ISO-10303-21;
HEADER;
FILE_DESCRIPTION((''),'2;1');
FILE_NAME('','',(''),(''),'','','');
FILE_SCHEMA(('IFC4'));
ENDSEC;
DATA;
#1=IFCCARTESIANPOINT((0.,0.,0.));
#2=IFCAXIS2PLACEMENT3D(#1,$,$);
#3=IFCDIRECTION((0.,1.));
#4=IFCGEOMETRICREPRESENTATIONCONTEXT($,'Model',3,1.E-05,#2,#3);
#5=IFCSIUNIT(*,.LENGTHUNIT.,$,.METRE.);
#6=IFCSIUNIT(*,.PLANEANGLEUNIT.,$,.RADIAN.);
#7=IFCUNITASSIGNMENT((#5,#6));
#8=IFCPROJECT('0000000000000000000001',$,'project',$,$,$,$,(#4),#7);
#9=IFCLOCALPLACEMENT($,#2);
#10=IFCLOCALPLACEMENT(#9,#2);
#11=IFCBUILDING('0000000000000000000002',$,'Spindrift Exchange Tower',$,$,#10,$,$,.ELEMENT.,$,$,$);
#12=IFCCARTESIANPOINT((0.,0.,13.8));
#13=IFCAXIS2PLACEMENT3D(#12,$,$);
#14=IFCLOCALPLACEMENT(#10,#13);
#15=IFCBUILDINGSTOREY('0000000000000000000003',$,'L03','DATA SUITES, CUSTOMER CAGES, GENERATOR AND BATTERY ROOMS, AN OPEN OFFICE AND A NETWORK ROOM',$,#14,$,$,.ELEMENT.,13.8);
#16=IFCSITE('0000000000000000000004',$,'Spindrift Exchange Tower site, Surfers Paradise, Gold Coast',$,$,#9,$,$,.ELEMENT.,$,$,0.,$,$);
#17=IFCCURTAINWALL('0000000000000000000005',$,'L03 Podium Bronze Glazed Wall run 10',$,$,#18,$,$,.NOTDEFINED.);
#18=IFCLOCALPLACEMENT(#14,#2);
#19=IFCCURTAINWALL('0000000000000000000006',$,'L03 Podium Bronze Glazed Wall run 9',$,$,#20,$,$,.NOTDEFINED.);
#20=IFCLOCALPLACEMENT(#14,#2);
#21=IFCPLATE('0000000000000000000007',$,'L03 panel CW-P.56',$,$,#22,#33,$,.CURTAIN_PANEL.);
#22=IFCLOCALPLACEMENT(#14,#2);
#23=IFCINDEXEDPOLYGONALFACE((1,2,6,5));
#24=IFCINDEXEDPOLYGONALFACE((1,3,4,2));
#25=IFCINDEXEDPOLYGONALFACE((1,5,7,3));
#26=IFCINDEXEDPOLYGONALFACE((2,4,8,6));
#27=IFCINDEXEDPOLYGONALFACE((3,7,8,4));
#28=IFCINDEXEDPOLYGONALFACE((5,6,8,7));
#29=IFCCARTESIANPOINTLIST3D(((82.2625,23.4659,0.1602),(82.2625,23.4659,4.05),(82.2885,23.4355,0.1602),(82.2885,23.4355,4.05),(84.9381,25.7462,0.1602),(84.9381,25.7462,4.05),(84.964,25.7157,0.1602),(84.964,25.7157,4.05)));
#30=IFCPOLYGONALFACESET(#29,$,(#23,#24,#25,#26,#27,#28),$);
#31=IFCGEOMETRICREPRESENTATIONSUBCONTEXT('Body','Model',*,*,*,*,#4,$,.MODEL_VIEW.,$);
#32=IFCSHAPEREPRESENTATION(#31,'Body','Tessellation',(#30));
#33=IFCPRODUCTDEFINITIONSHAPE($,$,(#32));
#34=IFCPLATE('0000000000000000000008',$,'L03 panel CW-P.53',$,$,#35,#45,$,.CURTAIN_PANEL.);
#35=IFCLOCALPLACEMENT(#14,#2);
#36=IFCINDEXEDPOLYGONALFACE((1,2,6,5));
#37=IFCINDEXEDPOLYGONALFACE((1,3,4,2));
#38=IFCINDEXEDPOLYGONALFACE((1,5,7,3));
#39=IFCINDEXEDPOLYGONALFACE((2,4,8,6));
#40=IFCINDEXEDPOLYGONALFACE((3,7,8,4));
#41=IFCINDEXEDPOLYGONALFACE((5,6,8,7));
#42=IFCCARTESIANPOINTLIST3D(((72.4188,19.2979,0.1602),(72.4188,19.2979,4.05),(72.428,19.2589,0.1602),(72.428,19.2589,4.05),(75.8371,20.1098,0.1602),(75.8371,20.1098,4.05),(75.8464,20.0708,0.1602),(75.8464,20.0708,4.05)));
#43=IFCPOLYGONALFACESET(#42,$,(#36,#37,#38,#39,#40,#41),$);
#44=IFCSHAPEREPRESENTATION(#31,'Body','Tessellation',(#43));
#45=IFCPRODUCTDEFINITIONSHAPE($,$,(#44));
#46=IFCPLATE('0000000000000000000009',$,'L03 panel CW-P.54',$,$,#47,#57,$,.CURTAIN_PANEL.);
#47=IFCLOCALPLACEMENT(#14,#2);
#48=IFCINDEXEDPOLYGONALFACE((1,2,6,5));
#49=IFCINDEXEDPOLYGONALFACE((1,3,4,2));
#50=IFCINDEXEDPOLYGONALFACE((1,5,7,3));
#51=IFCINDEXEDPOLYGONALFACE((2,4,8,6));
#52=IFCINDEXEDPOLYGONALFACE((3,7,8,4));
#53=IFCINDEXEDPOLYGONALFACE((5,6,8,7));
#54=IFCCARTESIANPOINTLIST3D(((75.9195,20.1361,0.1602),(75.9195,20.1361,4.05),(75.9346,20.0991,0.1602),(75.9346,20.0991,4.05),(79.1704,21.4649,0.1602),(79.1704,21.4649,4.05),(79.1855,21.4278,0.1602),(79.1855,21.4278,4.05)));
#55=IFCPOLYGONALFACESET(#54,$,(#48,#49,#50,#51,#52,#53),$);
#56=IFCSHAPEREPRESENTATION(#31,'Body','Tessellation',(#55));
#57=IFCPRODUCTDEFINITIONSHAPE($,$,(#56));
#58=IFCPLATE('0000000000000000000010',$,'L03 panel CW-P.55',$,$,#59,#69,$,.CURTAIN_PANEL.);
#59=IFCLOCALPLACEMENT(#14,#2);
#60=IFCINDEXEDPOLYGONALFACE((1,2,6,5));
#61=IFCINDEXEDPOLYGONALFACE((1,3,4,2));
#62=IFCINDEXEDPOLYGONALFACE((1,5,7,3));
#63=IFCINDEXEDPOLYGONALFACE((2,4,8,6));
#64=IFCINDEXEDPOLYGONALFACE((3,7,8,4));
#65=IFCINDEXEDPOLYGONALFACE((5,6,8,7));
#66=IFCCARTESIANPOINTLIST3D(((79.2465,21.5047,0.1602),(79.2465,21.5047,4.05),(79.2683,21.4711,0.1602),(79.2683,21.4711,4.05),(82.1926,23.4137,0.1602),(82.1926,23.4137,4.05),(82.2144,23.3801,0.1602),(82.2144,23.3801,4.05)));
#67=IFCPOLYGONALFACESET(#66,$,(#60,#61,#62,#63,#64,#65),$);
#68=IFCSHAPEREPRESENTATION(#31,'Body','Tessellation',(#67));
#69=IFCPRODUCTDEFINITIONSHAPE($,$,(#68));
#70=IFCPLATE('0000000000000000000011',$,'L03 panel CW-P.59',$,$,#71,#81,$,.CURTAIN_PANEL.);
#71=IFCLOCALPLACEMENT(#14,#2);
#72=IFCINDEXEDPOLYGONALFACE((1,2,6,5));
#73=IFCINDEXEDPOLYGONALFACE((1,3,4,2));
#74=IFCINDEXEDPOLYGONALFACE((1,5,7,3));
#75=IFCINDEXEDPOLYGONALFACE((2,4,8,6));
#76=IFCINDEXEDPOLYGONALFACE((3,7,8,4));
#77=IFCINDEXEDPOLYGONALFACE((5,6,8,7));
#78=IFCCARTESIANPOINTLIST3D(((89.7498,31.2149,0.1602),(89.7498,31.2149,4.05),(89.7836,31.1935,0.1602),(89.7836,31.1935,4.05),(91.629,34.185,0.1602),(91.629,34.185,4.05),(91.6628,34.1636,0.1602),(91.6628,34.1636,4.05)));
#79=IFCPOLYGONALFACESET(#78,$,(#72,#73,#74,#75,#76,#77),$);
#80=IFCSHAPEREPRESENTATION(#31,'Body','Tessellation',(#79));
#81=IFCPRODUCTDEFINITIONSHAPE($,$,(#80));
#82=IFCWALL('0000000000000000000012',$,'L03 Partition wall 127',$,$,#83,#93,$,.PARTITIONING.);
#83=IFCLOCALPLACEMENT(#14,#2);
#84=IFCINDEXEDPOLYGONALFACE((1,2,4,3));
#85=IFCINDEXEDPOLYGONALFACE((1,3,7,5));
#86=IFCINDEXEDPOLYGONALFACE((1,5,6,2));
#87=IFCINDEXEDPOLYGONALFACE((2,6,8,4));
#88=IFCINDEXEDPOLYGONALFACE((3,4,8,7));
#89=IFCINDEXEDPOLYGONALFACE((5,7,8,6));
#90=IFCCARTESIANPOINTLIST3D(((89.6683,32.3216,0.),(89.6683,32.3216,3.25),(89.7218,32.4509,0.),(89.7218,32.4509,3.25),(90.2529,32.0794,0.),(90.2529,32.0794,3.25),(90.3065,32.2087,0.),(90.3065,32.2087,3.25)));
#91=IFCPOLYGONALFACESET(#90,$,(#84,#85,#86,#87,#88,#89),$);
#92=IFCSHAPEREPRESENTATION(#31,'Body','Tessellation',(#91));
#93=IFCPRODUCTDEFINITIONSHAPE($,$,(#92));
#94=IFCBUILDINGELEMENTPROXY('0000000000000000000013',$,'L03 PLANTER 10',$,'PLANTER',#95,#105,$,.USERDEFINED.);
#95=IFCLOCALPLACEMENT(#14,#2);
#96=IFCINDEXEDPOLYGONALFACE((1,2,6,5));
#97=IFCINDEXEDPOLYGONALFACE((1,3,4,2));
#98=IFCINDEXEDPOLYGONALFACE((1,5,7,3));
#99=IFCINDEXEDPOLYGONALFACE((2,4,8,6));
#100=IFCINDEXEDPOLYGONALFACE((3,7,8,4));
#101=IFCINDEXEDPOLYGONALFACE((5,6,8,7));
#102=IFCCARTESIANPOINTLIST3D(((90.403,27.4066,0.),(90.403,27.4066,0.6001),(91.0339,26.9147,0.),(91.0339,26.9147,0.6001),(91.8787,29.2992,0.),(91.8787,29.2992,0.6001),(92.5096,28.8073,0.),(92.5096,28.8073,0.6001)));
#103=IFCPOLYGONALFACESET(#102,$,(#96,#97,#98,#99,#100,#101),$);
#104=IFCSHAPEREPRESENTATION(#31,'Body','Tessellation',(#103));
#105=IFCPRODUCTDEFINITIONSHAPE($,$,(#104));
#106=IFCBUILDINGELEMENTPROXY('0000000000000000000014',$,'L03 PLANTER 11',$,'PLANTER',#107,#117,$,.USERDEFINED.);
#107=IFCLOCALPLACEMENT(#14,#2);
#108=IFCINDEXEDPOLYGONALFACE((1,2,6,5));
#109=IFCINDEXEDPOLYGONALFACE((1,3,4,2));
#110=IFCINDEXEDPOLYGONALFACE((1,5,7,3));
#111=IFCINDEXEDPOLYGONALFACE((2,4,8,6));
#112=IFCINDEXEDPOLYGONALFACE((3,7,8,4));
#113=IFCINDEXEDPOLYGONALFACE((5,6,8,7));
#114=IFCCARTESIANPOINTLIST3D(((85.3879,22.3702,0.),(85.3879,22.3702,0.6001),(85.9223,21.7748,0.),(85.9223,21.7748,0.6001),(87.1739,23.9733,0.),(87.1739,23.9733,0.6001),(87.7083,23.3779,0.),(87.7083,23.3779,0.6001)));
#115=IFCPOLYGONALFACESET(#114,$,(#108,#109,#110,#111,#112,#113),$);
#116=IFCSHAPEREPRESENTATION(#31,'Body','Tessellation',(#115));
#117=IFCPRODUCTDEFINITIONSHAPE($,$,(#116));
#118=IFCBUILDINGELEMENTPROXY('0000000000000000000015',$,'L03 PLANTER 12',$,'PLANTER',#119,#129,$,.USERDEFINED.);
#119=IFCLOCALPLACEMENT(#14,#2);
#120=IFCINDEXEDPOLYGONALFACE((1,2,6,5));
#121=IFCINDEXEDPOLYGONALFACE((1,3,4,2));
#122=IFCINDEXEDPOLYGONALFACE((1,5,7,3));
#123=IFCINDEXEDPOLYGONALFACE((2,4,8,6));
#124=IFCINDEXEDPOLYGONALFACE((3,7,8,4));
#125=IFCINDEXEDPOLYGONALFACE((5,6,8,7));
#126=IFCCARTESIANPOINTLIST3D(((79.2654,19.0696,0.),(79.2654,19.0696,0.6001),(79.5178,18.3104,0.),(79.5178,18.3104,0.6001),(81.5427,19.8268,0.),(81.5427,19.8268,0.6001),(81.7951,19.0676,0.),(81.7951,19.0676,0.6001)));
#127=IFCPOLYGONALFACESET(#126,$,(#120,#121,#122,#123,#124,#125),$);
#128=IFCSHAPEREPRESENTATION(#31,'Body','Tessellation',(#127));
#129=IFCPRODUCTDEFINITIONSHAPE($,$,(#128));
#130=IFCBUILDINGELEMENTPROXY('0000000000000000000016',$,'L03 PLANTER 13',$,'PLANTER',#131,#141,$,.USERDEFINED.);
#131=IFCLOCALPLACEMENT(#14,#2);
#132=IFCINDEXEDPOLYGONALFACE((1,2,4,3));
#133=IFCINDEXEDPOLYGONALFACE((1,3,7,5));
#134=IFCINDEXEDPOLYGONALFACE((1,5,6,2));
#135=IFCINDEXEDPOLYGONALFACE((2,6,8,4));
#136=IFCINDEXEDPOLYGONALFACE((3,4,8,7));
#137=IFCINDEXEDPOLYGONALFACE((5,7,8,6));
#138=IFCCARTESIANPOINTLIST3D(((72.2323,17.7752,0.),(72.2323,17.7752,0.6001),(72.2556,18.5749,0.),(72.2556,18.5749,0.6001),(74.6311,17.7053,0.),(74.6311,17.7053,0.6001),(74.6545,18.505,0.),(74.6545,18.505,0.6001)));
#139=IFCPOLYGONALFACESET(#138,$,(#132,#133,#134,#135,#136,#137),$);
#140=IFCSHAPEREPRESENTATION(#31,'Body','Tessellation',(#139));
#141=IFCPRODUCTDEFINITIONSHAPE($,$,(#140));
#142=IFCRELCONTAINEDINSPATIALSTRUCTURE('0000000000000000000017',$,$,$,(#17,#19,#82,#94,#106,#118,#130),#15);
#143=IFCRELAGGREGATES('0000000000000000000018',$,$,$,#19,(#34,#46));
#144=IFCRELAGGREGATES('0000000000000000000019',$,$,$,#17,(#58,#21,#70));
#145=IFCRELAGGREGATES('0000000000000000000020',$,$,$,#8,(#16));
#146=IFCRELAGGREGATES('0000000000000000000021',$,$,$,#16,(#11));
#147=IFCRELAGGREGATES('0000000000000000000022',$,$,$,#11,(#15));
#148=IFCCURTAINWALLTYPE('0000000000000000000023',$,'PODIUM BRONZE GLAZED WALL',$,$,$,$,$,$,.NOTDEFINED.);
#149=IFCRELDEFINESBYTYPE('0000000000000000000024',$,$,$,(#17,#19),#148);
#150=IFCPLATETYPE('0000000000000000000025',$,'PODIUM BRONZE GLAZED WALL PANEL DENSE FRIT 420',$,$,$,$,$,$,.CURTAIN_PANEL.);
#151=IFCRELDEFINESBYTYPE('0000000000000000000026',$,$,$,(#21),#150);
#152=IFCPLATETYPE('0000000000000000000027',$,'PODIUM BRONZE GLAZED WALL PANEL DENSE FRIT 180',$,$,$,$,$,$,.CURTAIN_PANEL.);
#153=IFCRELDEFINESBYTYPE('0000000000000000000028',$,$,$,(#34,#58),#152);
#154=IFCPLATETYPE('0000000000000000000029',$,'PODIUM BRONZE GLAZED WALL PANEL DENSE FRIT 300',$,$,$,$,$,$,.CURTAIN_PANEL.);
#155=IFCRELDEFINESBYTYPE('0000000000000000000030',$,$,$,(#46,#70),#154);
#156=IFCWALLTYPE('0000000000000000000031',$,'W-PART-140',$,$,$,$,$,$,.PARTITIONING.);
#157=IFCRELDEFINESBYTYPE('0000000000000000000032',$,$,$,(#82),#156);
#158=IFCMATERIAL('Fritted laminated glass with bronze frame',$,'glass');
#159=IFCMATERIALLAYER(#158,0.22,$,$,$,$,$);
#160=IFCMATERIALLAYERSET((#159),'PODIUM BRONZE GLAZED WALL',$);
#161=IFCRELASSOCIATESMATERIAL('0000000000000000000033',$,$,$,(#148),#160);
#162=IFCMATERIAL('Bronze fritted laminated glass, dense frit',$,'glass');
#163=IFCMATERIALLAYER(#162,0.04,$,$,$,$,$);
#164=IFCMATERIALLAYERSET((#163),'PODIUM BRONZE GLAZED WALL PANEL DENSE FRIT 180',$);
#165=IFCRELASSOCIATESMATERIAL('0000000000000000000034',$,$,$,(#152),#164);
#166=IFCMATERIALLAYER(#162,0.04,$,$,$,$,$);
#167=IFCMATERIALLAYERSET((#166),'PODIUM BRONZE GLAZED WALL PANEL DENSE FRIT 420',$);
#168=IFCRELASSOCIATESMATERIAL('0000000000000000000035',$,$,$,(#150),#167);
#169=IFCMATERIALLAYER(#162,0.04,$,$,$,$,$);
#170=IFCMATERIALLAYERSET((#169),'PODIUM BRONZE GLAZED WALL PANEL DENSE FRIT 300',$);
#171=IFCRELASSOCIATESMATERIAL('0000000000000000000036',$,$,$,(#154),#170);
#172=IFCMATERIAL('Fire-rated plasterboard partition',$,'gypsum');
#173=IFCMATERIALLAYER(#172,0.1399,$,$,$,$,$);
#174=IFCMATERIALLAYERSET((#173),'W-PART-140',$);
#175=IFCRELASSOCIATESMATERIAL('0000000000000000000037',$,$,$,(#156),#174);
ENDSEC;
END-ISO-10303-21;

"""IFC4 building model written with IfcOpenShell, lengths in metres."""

from ifc_helpers import new_model, si_unit, direction, frame, frame_2d, origin, origin_2d, place, context, subcontext, project, spatial, rectangle, extrude, source, transform, mapped, material, layer, layer_set, type_object, element, aggregate, save


model = new_model("IFC4")

# Units and contexts
model_context = context("Model", 3, precision=1e-05, world=origin(), true_north=direction((0.0, 1.0)))
body_context = subcontext(model_context, "Body", "Model", "MODEL_VIEW")
ifc_project = project(units=[si_unit("LENGTHUNIT", "METRE"), si_unit("PLANEANGLEUNIT", "RADIAN")], contexts=[model_context])

# Site, building, storey
site_placement = place(None, origin())
site = spatial("IfcSite", under=ifc_project, at=site_placement, Name="Spindrift Exchange Tower site, Surfers Paradise, Gold Coast", CompositionType="ELEMENT", RefElevation=0.0)
building_placement = place(site_placement, origin())
building = spatial("IfcBuilding", under=site, at=building_placement, Name="Spindrift Exchange Tower", CompositionType="ELEMENT")
storey_placement = place(building_placement, frame((0.0, 0.0, 13.8)))
storey = spatial("IfcBuildingStorey", under=building, at=storey_placement, Name="L03", Description="DATA SUITES, CUSTOMER CAGES, GENERATOR AND BATTERY ROOMS, AN OPEN OFFICE AND A NETWORK ROOM", CompositionType="ELEMENT", Elevation=13.8)

# Curtain wall
ifc_material_1 = material(Name="Fritted laminated glass with bronze frame", Category="glass")
ifc_layer_1 = layer(ifc_material_1, 0.22)
ifc_layer_set_1 = layer_set([ifc_layer_1], Name="PODIUM BRONZE GLAZED WALL")
curtain_wall_type = type_object("IfcCurtainWallType", Name="PODIUM BRONZE GLAZED WALL", PredefinedType="NOTDEFINED", material=ifc_layer_set_1)
curtain_wall_1_placement = place(storey_placement, origin())
curtain_wall_1 = element("IfcCurtainWall", 1, at=curtain_wall_1_placement, inside=storey, type_object=curtain_wall_type, Name="L03 Podium Bronze Glazed Wall run 10", PredefinedType="NOTDEFINED")

# Curtain wall
curtain_wall_2_placement = place(storey_placement, origin())
curtain_wall_2 = element("IfcCurtainWall", 2, at=curtain_wall_2_placement, inside=storey, type_object=curtain_wall_type, Name="L03 Podium Bronze Glazed Wall run 9", PredefinedType="NOTDEFINED")

# Plates
ifc_material_2 = material(Name="Bronze fritted laminated glass, dense frit", Category="glass")
ifc_layer_2 = layer(ifc_material_2, 0.04)
ifc_layer_set_2 = layer_set([ifc_layer_2], Name="PODIUM BRONZE GLAZED WALL PANEL DENSE FRIT 180")
plate_type_1 = type_object("IfcPlateType", Name="PODIUM BRONZE GLAZED WALL PANEL DENSE FRIT 180", PredefinedType="CURTAIN_PANEL", material=ifc_layer_set_2)
ifc_layer_3 = layer(ifc_material_2, 0.04)
ifc_layer_set_3 = layer_set([ifc_layer_3], Name="PODIUM BRONZE GLAZED WALL PANEL DENSE FRIT 420")
plate_type_2 = type_object("IfcPlateType", Name="PODIUM BRONZE GLAZED WALL PANEL DENSE FRIT 420", PredefinedType="CURTAIN_PANEL", material=ifc_layer_set_3)
shared_shape_1 = source(origin(), body_context, "Body", "SweptSolid", [
    extrude(rectangle(XDim=3.5154, YDim=0.04, at=origin_2d()), origin(), (0.0, 0.0, 1.0), 3.8899),
])
plate_1_placement = place(storey_placement, frame((83.6133, 24.5908, 0.1602), z_axis=(0.0, 0.0, 1.0), x_axis=(0.76109, 0.648646, 0.0)))
plate_1 = element("IfcPlate", 3, at=plate_1_placement, type_object=plate_type_2, Name="L03 panel CW-P.56", PredefinedType="CURTAIN_PANEL", context=body_context, shape_type="MappedRepresentation", body=[
    mapped(shared_shape_1, transform((0.0, 0.0, 0.0), scale=1.0)),
])
shared_shape_2 = source(origin(), body_context, "Body", "SweptSolid", [
    extrude(rectangle(XDim=3.5134, YDim=0.04, at=origin_2d()), origin(), (0.0, 0.0, 1.0), 3.8899),
])
plate_2_placement = place(storey_placement, frame((74.1326, 19.6843, 0.1602), z_axis=(0.0, 0.0, 1.0), x_axis=(0.972933, 0.231086, 0.0)))
plate_2 = element("IfcPlate", 4, at=plate_2_placement, type_object=plate_type_1, Name="L03 panel CW-P.53", PredefinedType="CURTAIN_PANEL", context=body_context, shape_type="MappedRepresentation", body=[
    mapped(shared_shape_2, transform((0.0, 0.0, 0.0), scale=1.0)),
])
ifc_layer_4 = layer(ifc_material_2, 0.04)
ifc_layer_set_4 = layer_set([ifc_layer_4], Name="PODIUM BRONZE GLAZED WALL PANEL DENSE FRIT 300")
plate_type_3 = type_object("IfcPlateType", Name="PODIUM BRONZE GLAZED WALL PANEL DENSE FRIT 300", PredefinedType="CURTAIN_PANEL", material=ifc_layer_set_4)
shared_shape_3 = source(origin(), body_context, "Body", "SweptSolid", [
    extrude(rectangle(XDim=3.512, YDim=0.04, at=origin_2d()), origin(), (0.0, 0.0, 1.0), 3.8899),
])
plate_3_placement = place(storey_placement, frame((77.5525, 20.782, 0.1602), z_axis=(0.0, 0.0, 1.0), x_axis=(0.925659, 0.378359, 0.0)))
plate_3 = element("IfcPlate", 5, at=plate_3_placement, type_object=plate_type_3, Name="L03 panel CW-P.54", PredefinedType="CURTAIN_PANEL", context=body_context, shape_type="MappedRepresentation", body=[
    mapped(shared_shape_3, transform((0.0, 0.0, 0.0), scale=1.0)),
])
aggregate(curtain_wall_2, [plate_2, plate_3])
shared_shape_4 = source(origin(), body_context, "Body", "SweptSolid", [
    extrude(rectangle(XDim=3.5105, YDim=0.04, at=origin_2d()), origin(), (0.0, 0.0, 1.0), 3.8899),
])
plate_4_placement = place(storey_placement, frame((80.7305, 22.4424, 0.1602), z_axis=(0.0, 0.0, 1.0), x_axis=(0.839218, 0.543796, 0.0)))
plate_4 = element("IfcPlate", 6, at=plate_4_placement, type_object=plate_type_1, Name="L03 panel CW-P.55", PredefinedType="CURTAIN_PANEL", context=body_context, shape_type="MappedRepresentation", body=[
    mapped(shared_shape_4, transform((0.0, 0.0, 0.0), scale=1.0)),
])
shared_shape_5 = source(origin(), body_context, "Body", "SweptSolid", [
    extrude(rectangle(XDim=3.5146, YDim=0.04, at=origin_2d()), origin(), (0.0, 0.0, 1.0), 3.8899),
])
plate_5_placement = place(storey_placement, frame((90.7063, 32.6892, 0.1602), z_axis=(0.0, 0.0, 1.0), x_axis=(0.534664, 0.845065, 0.0)))
plate_5 = element("IfcPlate", 7, at=plate_5_placement, type_object=plate_type_3, Name="L03 panel CW-P.59", PredefinedType="CURTAIN_PANEL", context=body_context, shape_type="MappedRepresentation", body=[
    mapped(shared_shape_5, transform((0.0, 0.0, 0.0), scale=1.0)),
])
aggregate(curtain_wall_1, [plate_4, plate_1, plate_5])

# Wall
ifc_material_3 = material(Name="Fire-rated plasterboard partition", Category="gypsum")
ifc_layer_5 = layer(ifc_material_3, 0.1399)
ifc_layer_set_5 = layer_set([ifc_layer_5], Name="W-PART-140")
wall_type = type_object("IfcWallType", Name="W-PART-140", PredefinedType="PARTITIONING", material=ifc_layer_set_5)
wall_placement = place(storey_placement, frame((89.6951, 32.3862, 0.0), z_axis=(0.0, 0.0, 1.0), x_axis=(0.923885, -0.38267, 0.0)))
element("IfcWall", 8, at=wall_placement, inside=storey, type_object=wall_type, Name="L03 Partition wall 127", PredefinedType="PARTITIONING", context=body_context, shape_type="SweptSolid", body=[
    extrude(rectangle(XDim=0.6328, YDim=0.1399, at=frame_2d((0.3164, 0.0))), origin(), (0.0, 0.0, 1.0), 3.25),
])

# Building element proxies
shared_shape_6 = source(origin(), body_context, "Body", "SweptSolid", [
    extrude(rectangle(XDim=2.3999, YDim=0.8, at=origin_2d()), origin(), (0.0, 0.0, 1.0), 0.6001),
])
for number, where, z_axis, x_axis, name in (
    (9, (91.4563, 28.1069, 0.0), (0.0, 0.0, 1.0), (-0.614894, -0.78861, 0.0), "L03 PLANTER 10"),
    (10, (86.5481, 22.874, 0.0), (0.0, 0.0, 1.0), (-0.744174, -0.667986, 0.0), "L03 PLANTER 11"),
    (11, (80.5303, 19.0686, 0.0), (0.0, 0.0, 1.0), (-0.948927, -0.315497, 0.0), "L03 PLANTER 12"),
    (12, (73.4434, 18.1401, 0.0), (0.0, 0.0, 1.0), (-0.999576, 0.029129, 0.0), "L03 PLANTER 13"),
):
    element("IfcBuildingElementProxy", number, at=place(storey_placement, frame(where, z_axis=z_axis, x_axis=x_axis)), inside=storey, Name=name, ObjectType="PLANTER", PredefinedType="USERDEFINED", context=body_context, shape_type="MappedRepresentation", body=[
        mapped(shared_shape_6, transform((0.0, 0.0, 0.0), scale=1.0)),
    ])

save(model, "model.ifc")
